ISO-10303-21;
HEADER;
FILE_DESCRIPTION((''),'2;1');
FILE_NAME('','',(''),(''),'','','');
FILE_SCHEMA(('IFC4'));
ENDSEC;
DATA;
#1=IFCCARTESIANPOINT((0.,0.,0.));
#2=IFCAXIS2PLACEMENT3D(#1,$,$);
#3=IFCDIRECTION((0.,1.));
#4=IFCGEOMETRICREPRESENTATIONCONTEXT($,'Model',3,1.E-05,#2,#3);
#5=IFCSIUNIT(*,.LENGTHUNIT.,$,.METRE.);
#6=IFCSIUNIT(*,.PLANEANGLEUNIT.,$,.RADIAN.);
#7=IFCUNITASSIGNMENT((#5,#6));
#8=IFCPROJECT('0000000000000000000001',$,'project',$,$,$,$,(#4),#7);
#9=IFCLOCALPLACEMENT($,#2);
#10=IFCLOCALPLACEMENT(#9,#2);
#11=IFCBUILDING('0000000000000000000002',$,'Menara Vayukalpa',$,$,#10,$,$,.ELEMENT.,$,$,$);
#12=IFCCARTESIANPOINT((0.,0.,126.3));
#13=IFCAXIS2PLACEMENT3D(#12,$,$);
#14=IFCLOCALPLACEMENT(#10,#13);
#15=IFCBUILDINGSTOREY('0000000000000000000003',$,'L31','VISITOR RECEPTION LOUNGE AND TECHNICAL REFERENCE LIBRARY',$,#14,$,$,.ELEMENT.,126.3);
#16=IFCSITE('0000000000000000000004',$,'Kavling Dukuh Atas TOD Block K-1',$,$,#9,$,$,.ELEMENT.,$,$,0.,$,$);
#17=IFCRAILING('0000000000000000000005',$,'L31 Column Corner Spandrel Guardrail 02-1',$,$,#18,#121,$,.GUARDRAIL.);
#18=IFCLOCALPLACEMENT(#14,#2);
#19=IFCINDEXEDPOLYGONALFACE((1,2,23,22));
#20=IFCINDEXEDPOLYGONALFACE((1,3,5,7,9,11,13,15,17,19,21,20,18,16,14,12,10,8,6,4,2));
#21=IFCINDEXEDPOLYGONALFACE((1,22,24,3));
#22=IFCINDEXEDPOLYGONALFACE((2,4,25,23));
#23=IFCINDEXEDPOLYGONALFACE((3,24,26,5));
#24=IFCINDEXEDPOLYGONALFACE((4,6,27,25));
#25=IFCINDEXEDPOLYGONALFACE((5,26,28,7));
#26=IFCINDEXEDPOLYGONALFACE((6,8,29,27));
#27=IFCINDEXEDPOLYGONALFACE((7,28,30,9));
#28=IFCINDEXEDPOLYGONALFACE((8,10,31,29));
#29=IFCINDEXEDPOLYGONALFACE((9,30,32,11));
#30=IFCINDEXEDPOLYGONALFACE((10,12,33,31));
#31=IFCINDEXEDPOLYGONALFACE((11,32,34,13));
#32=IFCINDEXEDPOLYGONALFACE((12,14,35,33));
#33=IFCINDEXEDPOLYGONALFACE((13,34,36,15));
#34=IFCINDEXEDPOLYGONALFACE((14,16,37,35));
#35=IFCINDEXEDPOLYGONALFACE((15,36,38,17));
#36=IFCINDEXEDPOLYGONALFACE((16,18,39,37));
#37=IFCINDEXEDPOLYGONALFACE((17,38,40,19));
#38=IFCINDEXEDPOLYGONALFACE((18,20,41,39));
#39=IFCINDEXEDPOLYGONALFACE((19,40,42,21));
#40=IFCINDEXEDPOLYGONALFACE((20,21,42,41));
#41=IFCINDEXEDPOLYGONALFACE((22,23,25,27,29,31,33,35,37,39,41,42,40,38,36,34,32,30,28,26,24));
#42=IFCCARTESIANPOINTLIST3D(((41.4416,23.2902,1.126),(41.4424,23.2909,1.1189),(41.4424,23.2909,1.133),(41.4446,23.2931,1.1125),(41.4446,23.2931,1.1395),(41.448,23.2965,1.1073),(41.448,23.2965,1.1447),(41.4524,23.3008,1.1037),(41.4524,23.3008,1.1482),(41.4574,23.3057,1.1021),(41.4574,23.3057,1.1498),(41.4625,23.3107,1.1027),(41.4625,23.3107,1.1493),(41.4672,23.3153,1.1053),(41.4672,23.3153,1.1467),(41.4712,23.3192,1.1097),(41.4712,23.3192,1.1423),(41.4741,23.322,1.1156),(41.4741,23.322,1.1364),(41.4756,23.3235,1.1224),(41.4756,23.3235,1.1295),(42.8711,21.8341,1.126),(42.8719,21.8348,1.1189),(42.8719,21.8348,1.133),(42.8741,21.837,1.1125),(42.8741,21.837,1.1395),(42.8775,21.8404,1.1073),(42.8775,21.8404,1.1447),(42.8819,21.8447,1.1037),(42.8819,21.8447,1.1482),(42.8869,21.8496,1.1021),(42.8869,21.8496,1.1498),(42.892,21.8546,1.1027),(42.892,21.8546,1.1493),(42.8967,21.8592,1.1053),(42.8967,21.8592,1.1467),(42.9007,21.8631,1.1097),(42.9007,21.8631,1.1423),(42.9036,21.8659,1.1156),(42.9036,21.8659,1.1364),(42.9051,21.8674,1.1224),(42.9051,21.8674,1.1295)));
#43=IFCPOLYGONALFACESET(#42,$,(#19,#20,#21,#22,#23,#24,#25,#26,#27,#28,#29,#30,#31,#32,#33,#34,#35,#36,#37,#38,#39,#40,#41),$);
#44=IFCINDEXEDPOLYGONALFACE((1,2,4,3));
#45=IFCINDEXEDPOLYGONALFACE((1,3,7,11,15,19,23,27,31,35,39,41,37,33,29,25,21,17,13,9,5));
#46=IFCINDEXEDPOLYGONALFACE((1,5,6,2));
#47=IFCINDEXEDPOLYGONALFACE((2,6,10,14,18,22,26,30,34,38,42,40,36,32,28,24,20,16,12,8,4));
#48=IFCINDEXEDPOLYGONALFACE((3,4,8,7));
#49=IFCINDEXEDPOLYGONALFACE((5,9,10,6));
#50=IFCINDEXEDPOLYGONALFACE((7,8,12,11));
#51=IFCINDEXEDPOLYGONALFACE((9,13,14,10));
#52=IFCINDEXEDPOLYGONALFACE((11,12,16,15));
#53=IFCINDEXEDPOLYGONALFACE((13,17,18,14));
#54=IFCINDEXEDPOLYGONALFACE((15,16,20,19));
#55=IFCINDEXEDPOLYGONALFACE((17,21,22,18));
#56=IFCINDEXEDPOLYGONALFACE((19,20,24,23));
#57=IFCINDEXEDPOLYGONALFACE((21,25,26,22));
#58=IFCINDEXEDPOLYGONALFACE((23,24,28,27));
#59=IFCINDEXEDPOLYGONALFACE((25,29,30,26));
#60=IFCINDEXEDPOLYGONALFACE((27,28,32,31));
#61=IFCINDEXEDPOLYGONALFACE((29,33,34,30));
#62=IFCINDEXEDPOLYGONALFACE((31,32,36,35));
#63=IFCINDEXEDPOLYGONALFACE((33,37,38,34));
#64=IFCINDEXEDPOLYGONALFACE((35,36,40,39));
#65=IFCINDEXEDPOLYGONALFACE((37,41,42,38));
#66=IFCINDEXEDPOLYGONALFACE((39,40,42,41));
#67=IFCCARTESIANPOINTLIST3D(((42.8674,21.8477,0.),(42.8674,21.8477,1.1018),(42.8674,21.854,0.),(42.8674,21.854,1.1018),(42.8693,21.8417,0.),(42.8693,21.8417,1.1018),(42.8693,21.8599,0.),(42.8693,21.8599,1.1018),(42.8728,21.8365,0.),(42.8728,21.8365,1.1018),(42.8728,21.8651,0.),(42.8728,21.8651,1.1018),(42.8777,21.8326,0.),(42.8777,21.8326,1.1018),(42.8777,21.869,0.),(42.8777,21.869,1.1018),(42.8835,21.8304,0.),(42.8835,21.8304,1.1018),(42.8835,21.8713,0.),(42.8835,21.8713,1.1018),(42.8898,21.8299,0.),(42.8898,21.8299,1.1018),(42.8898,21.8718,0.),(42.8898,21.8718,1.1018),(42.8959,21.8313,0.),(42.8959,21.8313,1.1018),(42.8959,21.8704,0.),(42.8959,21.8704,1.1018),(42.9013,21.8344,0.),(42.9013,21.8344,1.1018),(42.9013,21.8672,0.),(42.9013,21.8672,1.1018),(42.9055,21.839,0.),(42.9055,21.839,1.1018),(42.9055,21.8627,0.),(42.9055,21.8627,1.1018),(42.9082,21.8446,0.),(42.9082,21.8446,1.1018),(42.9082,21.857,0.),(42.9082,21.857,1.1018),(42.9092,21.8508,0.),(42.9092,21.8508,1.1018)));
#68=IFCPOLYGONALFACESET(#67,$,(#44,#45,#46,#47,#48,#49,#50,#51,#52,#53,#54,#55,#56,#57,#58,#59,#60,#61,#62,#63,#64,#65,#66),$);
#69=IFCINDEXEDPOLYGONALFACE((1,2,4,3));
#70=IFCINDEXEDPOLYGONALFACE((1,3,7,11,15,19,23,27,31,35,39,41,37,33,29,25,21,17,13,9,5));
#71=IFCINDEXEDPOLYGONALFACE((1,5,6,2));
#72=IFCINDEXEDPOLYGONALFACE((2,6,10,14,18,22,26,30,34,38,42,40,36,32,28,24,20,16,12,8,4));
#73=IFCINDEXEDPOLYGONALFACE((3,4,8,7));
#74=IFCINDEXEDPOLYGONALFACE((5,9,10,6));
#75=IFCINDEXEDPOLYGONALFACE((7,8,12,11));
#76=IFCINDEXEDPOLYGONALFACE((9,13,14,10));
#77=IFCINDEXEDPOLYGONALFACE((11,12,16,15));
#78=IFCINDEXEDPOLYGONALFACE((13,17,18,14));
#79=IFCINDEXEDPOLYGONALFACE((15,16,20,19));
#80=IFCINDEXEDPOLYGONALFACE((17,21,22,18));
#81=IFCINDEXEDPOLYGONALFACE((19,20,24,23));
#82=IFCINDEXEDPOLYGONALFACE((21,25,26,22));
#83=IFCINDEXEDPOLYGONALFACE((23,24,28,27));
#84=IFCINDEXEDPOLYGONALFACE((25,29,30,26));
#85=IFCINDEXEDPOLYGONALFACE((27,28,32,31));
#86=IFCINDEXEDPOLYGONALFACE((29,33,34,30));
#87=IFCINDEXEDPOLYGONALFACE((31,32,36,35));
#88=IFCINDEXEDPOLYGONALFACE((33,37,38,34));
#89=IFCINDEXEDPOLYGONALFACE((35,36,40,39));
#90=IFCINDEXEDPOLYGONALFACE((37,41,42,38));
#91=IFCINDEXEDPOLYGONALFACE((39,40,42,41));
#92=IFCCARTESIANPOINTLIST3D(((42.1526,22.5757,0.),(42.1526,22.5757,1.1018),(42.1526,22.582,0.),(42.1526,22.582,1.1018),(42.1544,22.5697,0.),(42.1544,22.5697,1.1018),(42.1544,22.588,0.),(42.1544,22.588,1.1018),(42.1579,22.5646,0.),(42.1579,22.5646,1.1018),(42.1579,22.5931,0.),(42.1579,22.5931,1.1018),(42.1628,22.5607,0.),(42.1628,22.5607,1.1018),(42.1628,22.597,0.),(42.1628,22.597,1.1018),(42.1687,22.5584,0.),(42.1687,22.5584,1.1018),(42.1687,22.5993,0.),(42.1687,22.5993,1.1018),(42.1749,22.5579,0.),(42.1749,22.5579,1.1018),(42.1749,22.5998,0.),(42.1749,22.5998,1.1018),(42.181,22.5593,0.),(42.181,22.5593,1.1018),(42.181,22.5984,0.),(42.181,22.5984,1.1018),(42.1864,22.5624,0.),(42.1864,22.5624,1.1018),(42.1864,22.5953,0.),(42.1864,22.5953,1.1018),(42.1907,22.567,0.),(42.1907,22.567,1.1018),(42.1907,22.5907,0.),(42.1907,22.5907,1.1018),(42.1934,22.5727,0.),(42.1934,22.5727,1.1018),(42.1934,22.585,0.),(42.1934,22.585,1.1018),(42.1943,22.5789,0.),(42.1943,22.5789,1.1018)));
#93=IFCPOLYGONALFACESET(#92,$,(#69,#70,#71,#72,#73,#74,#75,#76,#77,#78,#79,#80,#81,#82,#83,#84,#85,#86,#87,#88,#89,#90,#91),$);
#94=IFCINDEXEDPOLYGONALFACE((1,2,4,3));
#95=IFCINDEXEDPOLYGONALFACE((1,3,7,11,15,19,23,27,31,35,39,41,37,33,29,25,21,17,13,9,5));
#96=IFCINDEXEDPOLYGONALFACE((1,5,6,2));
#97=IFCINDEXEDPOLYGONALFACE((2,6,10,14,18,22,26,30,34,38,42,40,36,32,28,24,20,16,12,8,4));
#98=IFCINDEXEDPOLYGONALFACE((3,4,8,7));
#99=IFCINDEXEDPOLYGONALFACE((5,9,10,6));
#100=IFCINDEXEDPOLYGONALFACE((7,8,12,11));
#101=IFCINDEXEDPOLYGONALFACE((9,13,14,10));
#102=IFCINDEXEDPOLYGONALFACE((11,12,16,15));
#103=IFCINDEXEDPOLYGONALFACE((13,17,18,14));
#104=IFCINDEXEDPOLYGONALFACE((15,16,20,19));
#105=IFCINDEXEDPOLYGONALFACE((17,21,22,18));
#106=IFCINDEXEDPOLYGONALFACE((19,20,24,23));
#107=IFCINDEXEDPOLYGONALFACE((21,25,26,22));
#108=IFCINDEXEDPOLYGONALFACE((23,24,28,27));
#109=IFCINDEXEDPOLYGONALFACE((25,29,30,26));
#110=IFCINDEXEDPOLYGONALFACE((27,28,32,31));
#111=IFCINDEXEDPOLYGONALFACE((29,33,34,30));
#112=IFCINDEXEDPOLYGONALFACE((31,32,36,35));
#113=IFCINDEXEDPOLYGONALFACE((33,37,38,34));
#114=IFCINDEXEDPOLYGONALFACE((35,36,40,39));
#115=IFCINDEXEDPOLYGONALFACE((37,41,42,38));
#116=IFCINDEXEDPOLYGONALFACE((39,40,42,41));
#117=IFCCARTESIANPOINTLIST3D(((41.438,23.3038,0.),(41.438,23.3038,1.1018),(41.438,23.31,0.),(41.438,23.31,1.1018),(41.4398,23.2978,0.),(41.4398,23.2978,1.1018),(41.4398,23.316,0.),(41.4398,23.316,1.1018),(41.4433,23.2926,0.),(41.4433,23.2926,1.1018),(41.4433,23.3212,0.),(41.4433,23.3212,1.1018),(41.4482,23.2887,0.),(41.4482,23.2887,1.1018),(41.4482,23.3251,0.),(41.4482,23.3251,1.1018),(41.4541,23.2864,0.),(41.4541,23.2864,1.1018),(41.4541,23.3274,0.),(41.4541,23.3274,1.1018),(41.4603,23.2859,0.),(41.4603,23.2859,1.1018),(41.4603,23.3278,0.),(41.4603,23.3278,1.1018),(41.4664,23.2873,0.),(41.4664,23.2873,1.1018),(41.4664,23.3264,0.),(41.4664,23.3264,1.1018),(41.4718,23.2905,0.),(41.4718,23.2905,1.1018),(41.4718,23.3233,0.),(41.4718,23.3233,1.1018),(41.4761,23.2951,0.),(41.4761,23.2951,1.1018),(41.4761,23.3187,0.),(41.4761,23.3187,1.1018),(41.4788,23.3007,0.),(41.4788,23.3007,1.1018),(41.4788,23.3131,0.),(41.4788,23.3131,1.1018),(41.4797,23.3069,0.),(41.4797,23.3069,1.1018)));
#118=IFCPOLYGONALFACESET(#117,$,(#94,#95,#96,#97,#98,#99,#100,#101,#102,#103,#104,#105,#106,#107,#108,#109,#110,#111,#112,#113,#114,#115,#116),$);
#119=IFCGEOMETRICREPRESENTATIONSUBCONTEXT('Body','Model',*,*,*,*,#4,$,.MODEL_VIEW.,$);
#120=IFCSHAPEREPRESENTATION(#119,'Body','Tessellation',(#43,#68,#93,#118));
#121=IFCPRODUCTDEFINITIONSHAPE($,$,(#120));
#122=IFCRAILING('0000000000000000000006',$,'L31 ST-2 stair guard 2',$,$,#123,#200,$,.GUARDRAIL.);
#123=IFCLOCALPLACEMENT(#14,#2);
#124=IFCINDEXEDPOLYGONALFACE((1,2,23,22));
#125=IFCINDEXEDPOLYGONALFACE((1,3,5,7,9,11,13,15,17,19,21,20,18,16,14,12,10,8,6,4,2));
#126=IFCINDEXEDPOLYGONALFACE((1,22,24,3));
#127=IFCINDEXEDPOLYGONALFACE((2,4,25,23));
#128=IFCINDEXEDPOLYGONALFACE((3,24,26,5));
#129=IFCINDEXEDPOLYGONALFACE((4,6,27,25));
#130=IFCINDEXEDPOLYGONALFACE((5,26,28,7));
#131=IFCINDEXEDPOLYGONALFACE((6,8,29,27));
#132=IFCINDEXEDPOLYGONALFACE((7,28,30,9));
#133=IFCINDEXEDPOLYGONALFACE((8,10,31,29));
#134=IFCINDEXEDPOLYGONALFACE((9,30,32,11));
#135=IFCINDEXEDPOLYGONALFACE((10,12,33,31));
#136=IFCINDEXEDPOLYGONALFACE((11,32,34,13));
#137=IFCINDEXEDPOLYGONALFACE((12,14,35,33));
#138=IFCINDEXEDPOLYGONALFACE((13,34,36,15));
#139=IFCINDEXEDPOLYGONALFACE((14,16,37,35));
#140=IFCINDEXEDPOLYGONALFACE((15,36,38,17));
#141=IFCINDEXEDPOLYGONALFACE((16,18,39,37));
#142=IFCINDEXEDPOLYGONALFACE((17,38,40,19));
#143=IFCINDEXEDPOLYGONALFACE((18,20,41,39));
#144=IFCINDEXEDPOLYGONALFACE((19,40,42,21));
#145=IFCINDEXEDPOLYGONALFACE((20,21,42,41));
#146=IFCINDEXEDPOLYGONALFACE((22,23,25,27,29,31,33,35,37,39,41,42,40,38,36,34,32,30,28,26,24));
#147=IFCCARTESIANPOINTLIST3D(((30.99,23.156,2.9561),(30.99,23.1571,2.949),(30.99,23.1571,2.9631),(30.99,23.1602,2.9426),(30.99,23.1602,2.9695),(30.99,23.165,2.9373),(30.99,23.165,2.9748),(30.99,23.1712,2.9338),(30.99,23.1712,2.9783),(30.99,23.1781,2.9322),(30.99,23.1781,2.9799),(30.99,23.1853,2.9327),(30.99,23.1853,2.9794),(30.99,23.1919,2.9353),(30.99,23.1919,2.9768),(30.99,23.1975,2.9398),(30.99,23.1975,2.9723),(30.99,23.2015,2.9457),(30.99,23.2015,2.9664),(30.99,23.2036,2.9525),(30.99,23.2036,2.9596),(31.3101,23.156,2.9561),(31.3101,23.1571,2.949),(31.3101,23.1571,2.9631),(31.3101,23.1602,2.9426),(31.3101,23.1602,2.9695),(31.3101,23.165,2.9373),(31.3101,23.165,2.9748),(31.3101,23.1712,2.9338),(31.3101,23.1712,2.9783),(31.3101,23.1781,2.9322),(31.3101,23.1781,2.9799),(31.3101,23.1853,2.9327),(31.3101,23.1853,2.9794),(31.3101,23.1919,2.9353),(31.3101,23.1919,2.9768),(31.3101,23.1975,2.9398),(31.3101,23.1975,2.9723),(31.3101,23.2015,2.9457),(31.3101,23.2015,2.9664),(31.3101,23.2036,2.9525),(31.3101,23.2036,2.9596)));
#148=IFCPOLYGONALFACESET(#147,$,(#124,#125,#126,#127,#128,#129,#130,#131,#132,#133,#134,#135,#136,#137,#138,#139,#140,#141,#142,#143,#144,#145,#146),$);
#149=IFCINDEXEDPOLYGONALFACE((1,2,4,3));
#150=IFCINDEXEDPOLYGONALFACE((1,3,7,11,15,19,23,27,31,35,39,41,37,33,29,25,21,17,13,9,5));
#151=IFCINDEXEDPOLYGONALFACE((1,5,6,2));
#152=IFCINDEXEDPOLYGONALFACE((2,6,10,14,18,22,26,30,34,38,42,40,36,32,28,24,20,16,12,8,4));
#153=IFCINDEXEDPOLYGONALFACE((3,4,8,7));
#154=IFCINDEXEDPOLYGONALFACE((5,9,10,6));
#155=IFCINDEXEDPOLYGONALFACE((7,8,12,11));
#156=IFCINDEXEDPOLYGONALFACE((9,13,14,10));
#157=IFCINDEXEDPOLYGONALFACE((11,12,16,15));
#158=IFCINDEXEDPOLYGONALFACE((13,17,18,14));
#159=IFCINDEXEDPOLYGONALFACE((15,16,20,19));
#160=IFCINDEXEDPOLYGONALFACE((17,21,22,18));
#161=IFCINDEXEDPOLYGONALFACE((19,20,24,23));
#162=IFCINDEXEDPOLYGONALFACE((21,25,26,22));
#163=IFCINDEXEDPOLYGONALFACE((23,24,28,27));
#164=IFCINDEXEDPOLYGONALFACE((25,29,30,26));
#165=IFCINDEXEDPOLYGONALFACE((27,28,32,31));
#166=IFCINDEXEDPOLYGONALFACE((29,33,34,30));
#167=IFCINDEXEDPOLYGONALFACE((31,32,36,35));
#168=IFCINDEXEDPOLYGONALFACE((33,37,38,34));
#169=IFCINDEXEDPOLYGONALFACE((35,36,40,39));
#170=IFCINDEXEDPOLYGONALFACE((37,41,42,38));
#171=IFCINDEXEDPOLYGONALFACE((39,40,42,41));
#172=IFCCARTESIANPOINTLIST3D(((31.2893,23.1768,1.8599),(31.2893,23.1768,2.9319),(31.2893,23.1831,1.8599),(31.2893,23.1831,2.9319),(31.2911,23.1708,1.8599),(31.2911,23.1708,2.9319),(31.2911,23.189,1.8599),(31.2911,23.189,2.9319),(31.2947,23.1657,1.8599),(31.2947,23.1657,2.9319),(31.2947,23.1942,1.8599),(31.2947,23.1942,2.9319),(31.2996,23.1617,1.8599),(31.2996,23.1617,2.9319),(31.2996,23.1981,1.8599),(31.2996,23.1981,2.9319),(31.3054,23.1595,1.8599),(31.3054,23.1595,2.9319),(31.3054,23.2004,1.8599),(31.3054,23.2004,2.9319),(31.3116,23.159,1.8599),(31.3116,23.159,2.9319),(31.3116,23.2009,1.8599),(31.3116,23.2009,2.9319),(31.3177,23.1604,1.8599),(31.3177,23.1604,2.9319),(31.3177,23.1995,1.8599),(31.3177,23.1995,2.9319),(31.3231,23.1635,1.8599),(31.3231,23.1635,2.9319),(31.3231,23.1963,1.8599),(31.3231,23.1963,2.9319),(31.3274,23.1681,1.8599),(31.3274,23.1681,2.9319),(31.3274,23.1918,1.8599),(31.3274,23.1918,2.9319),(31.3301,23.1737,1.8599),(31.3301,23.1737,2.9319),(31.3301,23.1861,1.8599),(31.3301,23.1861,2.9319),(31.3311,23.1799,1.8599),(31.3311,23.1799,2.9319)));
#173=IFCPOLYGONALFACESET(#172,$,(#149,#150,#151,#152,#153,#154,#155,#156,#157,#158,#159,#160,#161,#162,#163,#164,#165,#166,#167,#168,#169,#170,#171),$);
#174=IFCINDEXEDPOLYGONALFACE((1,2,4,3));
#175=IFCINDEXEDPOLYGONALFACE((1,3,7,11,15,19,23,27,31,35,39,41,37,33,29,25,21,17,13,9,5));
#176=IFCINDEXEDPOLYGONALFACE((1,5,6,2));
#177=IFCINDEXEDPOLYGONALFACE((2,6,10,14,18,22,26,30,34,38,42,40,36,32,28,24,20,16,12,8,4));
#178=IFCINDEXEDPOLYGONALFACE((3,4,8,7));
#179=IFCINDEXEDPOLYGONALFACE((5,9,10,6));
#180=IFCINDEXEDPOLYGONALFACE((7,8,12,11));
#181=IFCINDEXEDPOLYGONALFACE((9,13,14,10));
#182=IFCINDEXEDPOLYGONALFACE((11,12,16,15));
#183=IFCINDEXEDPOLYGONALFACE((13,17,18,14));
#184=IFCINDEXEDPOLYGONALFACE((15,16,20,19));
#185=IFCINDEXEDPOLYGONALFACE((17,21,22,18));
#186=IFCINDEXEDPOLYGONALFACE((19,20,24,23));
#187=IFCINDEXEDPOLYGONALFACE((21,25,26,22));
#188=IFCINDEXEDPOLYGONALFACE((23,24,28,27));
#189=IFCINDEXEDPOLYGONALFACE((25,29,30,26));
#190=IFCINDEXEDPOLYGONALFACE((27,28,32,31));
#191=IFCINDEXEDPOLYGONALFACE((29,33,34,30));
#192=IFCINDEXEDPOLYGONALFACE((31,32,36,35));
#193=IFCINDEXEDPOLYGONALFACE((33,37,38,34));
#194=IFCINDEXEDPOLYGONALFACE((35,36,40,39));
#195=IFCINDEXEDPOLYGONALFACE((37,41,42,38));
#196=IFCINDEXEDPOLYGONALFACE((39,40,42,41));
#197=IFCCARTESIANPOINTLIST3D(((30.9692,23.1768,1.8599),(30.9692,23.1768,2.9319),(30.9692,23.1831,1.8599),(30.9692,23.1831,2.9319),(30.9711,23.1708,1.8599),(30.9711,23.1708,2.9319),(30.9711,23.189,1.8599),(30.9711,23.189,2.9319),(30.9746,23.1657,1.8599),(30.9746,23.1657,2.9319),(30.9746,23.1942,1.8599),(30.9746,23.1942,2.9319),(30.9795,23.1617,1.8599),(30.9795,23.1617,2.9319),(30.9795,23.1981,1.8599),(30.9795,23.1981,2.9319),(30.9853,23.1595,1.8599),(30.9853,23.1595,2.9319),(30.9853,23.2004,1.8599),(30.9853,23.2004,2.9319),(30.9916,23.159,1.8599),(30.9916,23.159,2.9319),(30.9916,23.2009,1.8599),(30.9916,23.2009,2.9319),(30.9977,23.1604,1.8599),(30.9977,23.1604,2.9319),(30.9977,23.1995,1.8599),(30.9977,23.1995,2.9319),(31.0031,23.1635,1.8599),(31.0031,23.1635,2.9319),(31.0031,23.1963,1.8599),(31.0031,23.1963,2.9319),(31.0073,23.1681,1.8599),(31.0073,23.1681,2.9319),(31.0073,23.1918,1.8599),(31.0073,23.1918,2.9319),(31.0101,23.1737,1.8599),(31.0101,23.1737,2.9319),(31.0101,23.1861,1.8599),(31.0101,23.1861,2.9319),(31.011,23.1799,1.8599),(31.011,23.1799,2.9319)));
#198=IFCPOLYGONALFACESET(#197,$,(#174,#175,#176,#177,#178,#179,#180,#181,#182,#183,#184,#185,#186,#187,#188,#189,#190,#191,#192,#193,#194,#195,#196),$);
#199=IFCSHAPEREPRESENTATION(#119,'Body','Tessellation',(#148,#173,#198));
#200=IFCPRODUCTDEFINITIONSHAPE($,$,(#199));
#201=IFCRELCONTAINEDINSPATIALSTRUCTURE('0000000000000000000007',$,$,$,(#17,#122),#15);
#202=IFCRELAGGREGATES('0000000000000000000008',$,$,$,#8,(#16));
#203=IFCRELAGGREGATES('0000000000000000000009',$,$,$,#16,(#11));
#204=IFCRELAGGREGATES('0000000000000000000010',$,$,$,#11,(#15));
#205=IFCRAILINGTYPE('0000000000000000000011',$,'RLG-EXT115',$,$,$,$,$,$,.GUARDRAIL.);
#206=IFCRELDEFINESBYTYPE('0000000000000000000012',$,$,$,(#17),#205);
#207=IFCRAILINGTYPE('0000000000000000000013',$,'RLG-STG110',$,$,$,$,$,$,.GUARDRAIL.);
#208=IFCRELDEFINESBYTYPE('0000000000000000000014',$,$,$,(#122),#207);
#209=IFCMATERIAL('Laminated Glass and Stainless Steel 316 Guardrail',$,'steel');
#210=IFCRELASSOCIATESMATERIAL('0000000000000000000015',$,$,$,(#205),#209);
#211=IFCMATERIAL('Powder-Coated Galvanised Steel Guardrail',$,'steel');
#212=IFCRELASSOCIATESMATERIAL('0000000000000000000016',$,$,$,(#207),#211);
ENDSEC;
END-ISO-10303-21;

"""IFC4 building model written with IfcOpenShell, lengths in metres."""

from ifc_helpers import new_model, si_unit, direction, frame, origin, origin_2d, place, context, subcontext, project, spatial, circle, extrude, material, type_object, element, save


model = new_model("IFC4")

# Units and contexts
model_context = context("Model", 3, precision=1e-05, world=origin(), true_north=direction((0.0, 1.0)))
body_context = subcontext(model_context, "Body", "Model", "MODEL_VIEW")
ifc_project = project(units=[si_unit("LENGTHUNIT", "METRE"), si_unit("PLANEANGLEUNIT", "RADIAN")], contexts=[model_context])

# Site, building, storey
site_placement = place(None, origin())
site = spatial("IfcSite", under=ifc_project, at=site_placement, Name="Kavling Dukuh Atas TOD Block K-1", CompositionType="ELEMENT", RefElevation=0.0)
building_placement = place(site_placement, origin())
building = spatial("IfcBuilding", under=site, at=building_placement, Name="Menara Vayukalpa", CompositionType="ELEMENT")
storey_placement = place(building_placement, frame((0.0, 0.0, 126.3)))
storey = spatial("IfcBuildingStorey", under=building, at=storey_placement, Name="L31", Description="VISITOR RECEPTION LOUNGE AND TECHNICAL REFERENCE LIBRARY", CompositionType="ELEMENT", Elevation=126.3)

# Railings
ifc_material_1 = material(Name="Laminated Glass and Stainless Steel 316 Guardrail", Category="steel")
railing_type_1 = type_object("IfcRailingType", Name="RLG-EXT115", PredefinedType="GUARDRAIL", material=ifc_material_1)
railing_1_placement = place(storey_placement, frame((42.8882, 21.8508, 0.0)))
element("IfcRailing", 1, at=railing_1_placement, inside=storey, type_object=railing_type_1, Name="L31 Column Corner Spandrel Guardrail 02-1", PredefinedType="GUARDRAIL", context=body_context, shape_type="SweptSolid", body=[
    extrude(circle(Radius=0.0239, at=origin_2d()), frame((0.0, 0.0, 1.126), z_axis=(-0.700556, 0.713598, 0.0), x_axis=(-0.713598, -0.700556, 0.0)), (0.0, 0.0, 1.0), 2.0405),
    extrude(circle(Radius=0.021, at=origin_2d()), origin(), (0.0, 0.0, 1.0), 1.1018),
    extrude(circle(Radius=0.021, at=origin_2d()), frame((-0.7148, 0.728, 0.0)), (0.0, 0.0, 1.0), 1.1018),
    extrude(circle(Radius=0.021, at=origin_2d()), frame((-1.4294, 1.4561, 0.0)), (0.0, 0.0, 1.0), 1.1018),
])
ifc_material_2 = material(Name="Powder-Coated Galvanised Steel Guardrail", Category="steel")
railing_type_2 = type_object("IfcRailingType", Name="RLG-STG110", PredefinedType="GUARDRAIL", material=ifc_material_2)
railing_2_placement = place(storey_placement, frame((31.3101, 23.1799, 1.8599)))
element("IfcRailing", 2, at=railing_2_placement, inside=storey, type_object=railing_type_2, Name="L31 ST-2 stair guard 2", PredefinedType="GUARDRAIL", context=body_context, shape_type="SweptSolid", body=[
    extrude(circle(Radius=0.0239, at=origin_2d()), frame((0.0, 0.0, 1.0962), z_axis=(-1.0, 0.0, 0.0), x_axis=(0.0, -1.0, 0.0)), (0.0, 0.0, 1.0), 0.3201),
    extrude(circle(Radius=0.021, at=origin_2d()), origin(), (0.0, 0.0, 1.0), 1.072),
    extrude(circle(Radius=0.021, at=origin_2d()), frame((-0.3201, 0.0, 0.0)), (0.0, 0.0, 1.0), 1.072),
])

save(model, "model.ifc")
